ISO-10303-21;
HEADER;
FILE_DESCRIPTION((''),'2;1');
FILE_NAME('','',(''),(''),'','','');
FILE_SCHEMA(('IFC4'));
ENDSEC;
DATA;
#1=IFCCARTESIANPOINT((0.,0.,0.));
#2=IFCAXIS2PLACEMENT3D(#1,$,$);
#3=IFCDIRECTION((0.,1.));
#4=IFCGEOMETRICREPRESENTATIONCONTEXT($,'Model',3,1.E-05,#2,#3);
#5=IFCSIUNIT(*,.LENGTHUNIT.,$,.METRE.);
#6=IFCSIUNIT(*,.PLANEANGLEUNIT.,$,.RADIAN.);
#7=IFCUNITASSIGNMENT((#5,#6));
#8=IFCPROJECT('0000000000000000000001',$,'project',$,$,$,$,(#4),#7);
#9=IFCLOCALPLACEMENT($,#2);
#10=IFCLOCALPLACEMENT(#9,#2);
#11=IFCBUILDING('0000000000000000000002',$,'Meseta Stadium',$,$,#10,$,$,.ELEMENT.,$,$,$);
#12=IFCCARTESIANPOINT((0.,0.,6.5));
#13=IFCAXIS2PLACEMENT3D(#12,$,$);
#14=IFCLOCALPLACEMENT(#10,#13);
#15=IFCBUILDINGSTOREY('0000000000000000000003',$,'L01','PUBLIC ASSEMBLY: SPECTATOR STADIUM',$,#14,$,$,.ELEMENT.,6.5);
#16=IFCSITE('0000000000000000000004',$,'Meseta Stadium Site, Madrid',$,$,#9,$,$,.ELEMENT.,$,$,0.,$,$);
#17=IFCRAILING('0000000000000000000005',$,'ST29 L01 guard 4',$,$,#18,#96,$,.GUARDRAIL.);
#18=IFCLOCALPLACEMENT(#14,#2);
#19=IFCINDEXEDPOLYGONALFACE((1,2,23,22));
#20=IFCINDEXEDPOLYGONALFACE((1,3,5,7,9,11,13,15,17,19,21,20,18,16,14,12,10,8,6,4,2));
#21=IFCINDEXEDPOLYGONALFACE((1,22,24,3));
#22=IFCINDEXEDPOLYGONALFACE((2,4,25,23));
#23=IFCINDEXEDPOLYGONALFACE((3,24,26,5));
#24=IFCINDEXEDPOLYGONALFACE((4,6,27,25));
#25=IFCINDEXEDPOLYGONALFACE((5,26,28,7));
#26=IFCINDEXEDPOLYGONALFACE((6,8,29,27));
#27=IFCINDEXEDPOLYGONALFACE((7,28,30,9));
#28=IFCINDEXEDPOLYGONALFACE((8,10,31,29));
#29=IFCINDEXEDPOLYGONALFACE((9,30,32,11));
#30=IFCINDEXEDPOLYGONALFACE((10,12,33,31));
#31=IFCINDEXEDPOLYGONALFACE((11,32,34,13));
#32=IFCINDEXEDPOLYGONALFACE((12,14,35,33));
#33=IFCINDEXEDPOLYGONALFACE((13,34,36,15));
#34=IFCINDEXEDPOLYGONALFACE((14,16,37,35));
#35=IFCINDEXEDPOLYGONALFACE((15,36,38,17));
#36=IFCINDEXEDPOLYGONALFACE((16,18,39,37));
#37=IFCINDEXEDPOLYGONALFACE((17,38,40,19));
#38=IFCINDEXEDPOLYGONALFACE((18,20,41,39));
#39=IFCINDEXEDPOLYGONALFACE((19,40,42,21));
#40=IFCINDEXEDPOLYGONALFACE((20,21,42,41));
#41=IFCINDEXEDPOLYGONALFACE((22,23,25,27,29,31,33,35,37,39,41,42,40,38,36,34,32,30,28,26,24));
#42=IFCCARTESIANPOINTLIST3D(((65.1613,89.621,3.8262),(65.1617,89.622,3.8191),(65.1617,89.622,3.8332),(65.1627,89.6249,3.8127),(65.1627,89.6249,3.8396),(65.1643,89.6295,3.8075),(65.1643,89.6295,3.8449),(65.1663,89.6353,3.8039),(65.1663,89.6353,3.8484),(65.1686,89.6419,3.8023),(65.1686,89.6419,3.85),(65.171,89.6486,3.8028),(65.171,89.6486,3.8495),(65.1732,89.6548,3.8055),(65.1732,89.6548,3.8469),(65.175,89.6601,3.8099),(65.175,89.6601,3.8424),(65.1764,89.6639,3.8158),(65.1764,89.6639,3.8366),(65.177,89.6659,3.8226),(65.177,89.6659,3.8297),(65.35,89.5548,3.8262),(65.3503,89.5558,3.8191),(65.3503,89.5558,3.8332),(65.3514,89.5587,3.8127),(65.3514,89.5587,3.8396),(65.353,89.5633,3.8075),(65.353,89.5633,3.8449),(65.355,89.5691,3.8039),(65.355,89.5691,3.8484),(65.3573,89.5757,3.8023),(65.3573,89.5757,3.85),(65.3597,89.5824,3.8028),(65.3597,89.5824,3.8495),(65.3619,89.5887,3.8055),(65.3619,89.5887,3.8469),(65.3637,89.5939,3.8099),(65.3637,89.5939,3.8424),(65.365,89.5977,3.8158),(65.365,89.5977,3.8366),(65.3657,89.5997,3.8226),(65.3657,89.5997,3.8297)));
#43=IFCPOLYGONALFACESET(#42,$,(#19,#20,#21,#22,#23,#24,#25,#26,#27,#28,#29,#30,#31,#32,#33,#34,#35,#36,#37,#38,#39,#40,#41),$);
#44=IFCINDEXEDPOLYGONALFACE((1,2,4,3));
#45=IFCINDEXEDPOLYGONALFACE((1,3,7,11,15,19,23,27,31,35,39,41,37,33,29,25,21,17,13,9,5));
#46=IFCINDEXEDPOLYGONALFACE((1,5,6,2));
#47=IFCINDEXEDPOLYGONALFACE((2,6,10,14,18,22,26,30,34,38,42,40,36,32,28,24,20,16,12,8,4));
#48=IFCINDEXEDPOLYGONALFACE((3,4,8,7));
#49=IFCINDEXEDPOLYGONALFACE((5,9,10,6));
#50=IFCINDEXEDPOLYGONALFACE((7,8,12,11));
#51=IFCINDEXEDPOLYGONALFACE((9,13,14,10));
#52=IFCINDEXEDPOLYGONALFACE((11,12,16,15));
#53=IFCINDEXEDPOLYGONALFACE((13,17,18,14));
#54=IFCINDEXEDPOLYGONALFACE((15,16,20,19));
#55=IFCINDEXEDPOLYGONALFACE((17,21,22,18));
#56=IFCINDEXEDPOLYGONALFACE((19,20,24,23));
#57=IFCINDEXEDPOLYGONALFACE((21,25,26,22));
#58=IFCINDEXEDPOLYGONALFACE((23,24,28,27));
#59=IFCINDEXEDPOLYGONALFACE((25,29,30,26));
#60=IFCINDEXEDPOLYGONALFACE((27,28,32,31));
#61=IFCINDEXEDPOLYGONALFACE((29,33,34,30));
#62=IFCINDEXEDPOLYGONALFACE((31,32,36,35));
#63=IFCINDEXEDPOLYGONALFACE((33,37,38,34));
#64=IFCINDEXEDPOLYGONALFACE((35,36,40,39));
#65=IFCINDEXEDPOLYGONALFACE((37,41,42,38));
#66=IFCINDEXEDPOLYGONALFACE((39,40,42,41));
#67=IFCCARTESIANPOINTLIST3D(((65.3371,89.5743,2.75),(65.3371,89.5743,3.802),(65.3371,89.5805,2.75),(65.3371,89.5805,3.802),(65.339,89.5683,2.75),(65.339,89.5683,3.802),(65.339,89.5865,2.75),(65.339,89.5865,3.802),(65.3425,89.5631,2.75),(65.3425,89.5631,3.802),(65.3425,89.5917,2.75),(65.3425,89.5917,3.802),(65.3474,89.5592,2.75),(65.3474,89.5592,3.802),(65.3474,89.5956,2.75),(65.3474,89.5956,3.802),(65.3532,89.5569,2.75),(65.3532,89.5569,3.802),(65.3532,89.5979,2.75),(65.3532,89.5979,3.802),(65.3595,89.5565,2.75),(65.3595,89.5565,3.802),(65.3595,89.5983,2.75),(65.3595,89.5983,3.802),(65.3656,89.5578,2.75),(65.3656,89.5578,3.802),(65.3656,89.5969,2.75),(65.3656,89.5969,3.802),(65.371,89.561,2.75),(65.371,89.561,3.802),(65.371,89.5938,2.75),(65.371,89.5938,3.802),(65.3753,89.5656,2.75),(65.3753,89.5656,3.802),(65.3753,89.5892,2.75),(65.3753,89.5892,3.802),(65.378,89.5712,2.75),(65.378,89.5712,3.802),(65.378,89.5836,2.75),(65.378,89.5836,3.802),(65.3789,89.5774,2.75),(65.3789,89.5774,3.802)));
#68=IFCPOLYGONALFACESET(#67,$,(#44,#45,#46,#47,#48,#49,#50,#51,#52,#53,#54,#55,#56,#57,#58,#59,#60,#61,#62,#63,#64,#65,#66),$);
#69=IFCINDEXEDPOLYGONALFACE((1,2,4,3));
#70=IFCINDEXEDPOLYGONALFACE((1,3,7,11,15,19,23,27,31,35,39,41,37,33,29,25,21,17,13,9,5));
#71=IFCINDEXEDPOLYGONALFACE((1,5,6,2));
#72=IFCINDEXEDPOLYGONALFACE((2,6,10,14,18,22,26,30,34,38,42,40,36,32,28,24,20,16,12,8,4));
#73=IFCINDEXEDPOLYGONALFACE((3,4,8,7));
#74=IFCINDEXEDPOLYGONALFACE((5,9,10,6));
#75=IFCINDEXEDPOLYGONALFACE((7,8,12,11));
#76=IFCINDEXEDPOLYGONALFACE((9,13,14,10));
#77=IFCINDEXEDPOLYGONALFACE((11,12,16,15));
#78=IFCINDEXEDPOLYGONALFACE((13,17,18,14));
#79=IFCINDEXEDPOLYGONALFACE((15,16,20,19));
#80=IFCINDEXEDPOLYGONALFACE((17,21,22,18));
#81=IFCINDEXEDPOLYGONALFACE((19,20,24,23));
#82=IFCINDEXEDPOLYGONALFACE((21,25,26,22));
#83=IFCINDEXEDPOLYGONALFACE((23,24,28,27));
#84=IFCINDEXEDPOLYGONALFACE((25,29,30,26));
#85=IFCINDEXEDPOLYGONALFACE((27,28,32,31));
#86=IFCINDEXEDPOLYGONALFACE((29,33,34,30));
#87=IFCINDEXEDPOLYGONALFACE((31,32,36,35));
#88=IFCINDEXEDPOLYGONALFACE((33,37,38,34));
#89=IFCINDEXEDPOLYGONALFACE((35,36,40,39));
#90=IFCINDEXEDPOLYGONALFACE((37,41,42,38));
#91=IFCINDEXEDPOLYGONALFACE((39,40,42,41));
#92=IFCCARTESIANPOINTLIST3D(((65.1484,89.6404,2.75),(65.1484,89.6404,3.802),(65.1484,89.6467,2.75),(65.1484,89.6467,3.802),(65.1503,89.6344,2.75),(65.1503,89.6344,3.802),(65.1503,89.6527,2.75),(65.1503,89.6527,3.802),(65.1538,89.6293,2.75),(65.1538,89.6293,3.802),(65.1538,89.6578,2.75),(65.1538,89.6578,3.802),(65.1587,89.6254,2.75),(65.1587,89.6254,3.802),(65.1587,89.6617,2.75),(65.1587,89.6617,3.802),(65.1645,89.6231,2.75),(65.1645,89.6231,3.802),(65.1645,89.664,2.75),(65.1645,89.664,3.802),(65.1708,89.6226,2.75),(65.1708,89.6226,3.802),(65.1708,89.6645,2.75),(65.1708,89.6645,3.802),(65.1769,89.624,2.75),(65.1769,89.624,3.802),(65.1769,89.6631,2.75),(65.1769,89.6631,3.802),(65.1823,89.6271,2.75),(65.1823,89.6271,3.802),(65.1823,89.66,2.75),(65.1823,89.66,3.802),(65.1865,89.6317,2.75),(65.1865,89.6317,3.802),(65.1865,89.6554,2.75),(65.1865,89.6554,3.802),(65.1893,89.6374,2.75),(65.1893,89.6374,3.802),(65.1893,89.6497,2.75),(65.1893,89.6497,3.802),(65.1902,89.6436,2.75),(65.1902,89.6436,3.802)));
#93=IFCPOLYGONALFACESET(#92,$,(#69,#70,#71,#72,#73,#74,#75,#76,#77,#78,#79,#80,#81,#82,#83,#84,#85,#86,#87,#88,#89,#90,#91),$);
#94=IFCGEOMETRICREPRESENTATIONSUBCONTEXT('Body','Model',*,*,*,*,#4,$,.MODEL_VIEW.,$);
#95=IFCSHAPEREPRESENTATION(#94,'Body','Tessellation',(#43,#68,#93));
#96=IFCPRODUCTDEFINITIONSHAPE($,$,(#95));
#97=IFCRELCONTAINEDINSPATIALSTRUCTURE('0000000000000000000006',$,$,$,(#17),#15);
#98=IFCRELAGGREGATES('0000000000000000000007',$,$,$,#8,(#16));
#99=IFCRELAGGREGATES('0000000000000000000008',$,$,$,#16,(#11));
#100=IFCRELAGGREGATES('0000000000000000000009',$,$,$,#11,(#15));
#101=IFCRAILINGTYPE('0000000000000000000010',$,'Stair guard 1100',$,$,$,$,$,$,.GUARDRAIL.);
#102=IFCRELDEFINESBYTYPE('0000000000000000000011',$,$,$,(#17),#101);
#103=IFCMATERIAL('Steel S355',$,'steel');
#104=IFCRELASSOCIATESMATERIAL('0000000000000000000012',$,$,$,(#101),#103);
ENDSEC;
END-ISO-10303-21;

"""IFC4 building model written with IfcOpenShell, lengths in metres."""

from ifc_helpers import new_model, si_unit, direction, frame, origin, origin_2d, place, context, subcontext, project, spatial, circle, extrude, material, type_object, element, save


model = new_model("IFC4")

# Units and contexts
model_context = context("Model", 3, precision=1e-05, world=origin(), true_north=direction((0.0, 1.0)))
body_context = subcontext(model_context, "Body", "Model", "MODEL_VIEW")
ifc_project = project(units=[si_unit("LENGTHUNIT", "METRE"), si_unit("PLANEANGLEUNIT", "RADIAN")], contexts=[model_context])

# Site, building, storey
site_placement = place(None, origin())
site = spatial("IfcSite", under=ifc_project, at=site_placement, Name="Meseta Stadium Site, Madrid", CompositionType="ELEMENT", RefElevation=0.0)
building_placement = place(site_placement, origin())
building = spatial("IfcBuilding", under=site, at=building_placement, Name="Meseta Stadium", CompositionType="ELEMENT")
storey_placement = place(building_placement, frame((0.0, 0.0, 6.5)))
storey = spatial("IfcBuildingStorey", under=building, at=storey_placement, Name="L01", Description="PUBLIC ASSEMBLY: SPECTATOR STADIUM", CompositionType="ELEMENT", Elevation=6.5)

# Railing
ifc_material_1 = material(Name="Steel S355", Category="steel")
railing_type_1 = type_object("IfcRailingType", Name="Stair guard 1100", PredefinedType="GUARDRAIL", material=ifc_material_1)
railing_1_placement = place(storey_placement, frame((65.3579, 89.5774, 2.75)))
element("IfcRailing", 1, at=railing_1_placement, inside=storey, type_object=railing_type_1, Name="ST29 L01 guard 4", PredefinedType="GUARDRAIL", context=body_context, shape_type="SweptSolid", body=[
    extrude(circle(Radius=0.0239, at=origin_2d()), frame((0.0, 0.0, 1.0762), z_axis=(-0.943687, 0.33084, 0.0), x_axis=(-0.33084, -0.943687, 0.0)), (0.0, 0.0, 1.0), 0.2),
    extrude(circle(Radius=0.021, at=origin_2d()), origin(), (0.0, 0.0, 1.0), 1.052),
    extrude(circle(Radius=0.021, at=origin_2d()), frame((-0.1887, 0.0662, 0.0)), (0.0, 0.0, 1.0), 1.052),
])

save(model, "model.ifc")
